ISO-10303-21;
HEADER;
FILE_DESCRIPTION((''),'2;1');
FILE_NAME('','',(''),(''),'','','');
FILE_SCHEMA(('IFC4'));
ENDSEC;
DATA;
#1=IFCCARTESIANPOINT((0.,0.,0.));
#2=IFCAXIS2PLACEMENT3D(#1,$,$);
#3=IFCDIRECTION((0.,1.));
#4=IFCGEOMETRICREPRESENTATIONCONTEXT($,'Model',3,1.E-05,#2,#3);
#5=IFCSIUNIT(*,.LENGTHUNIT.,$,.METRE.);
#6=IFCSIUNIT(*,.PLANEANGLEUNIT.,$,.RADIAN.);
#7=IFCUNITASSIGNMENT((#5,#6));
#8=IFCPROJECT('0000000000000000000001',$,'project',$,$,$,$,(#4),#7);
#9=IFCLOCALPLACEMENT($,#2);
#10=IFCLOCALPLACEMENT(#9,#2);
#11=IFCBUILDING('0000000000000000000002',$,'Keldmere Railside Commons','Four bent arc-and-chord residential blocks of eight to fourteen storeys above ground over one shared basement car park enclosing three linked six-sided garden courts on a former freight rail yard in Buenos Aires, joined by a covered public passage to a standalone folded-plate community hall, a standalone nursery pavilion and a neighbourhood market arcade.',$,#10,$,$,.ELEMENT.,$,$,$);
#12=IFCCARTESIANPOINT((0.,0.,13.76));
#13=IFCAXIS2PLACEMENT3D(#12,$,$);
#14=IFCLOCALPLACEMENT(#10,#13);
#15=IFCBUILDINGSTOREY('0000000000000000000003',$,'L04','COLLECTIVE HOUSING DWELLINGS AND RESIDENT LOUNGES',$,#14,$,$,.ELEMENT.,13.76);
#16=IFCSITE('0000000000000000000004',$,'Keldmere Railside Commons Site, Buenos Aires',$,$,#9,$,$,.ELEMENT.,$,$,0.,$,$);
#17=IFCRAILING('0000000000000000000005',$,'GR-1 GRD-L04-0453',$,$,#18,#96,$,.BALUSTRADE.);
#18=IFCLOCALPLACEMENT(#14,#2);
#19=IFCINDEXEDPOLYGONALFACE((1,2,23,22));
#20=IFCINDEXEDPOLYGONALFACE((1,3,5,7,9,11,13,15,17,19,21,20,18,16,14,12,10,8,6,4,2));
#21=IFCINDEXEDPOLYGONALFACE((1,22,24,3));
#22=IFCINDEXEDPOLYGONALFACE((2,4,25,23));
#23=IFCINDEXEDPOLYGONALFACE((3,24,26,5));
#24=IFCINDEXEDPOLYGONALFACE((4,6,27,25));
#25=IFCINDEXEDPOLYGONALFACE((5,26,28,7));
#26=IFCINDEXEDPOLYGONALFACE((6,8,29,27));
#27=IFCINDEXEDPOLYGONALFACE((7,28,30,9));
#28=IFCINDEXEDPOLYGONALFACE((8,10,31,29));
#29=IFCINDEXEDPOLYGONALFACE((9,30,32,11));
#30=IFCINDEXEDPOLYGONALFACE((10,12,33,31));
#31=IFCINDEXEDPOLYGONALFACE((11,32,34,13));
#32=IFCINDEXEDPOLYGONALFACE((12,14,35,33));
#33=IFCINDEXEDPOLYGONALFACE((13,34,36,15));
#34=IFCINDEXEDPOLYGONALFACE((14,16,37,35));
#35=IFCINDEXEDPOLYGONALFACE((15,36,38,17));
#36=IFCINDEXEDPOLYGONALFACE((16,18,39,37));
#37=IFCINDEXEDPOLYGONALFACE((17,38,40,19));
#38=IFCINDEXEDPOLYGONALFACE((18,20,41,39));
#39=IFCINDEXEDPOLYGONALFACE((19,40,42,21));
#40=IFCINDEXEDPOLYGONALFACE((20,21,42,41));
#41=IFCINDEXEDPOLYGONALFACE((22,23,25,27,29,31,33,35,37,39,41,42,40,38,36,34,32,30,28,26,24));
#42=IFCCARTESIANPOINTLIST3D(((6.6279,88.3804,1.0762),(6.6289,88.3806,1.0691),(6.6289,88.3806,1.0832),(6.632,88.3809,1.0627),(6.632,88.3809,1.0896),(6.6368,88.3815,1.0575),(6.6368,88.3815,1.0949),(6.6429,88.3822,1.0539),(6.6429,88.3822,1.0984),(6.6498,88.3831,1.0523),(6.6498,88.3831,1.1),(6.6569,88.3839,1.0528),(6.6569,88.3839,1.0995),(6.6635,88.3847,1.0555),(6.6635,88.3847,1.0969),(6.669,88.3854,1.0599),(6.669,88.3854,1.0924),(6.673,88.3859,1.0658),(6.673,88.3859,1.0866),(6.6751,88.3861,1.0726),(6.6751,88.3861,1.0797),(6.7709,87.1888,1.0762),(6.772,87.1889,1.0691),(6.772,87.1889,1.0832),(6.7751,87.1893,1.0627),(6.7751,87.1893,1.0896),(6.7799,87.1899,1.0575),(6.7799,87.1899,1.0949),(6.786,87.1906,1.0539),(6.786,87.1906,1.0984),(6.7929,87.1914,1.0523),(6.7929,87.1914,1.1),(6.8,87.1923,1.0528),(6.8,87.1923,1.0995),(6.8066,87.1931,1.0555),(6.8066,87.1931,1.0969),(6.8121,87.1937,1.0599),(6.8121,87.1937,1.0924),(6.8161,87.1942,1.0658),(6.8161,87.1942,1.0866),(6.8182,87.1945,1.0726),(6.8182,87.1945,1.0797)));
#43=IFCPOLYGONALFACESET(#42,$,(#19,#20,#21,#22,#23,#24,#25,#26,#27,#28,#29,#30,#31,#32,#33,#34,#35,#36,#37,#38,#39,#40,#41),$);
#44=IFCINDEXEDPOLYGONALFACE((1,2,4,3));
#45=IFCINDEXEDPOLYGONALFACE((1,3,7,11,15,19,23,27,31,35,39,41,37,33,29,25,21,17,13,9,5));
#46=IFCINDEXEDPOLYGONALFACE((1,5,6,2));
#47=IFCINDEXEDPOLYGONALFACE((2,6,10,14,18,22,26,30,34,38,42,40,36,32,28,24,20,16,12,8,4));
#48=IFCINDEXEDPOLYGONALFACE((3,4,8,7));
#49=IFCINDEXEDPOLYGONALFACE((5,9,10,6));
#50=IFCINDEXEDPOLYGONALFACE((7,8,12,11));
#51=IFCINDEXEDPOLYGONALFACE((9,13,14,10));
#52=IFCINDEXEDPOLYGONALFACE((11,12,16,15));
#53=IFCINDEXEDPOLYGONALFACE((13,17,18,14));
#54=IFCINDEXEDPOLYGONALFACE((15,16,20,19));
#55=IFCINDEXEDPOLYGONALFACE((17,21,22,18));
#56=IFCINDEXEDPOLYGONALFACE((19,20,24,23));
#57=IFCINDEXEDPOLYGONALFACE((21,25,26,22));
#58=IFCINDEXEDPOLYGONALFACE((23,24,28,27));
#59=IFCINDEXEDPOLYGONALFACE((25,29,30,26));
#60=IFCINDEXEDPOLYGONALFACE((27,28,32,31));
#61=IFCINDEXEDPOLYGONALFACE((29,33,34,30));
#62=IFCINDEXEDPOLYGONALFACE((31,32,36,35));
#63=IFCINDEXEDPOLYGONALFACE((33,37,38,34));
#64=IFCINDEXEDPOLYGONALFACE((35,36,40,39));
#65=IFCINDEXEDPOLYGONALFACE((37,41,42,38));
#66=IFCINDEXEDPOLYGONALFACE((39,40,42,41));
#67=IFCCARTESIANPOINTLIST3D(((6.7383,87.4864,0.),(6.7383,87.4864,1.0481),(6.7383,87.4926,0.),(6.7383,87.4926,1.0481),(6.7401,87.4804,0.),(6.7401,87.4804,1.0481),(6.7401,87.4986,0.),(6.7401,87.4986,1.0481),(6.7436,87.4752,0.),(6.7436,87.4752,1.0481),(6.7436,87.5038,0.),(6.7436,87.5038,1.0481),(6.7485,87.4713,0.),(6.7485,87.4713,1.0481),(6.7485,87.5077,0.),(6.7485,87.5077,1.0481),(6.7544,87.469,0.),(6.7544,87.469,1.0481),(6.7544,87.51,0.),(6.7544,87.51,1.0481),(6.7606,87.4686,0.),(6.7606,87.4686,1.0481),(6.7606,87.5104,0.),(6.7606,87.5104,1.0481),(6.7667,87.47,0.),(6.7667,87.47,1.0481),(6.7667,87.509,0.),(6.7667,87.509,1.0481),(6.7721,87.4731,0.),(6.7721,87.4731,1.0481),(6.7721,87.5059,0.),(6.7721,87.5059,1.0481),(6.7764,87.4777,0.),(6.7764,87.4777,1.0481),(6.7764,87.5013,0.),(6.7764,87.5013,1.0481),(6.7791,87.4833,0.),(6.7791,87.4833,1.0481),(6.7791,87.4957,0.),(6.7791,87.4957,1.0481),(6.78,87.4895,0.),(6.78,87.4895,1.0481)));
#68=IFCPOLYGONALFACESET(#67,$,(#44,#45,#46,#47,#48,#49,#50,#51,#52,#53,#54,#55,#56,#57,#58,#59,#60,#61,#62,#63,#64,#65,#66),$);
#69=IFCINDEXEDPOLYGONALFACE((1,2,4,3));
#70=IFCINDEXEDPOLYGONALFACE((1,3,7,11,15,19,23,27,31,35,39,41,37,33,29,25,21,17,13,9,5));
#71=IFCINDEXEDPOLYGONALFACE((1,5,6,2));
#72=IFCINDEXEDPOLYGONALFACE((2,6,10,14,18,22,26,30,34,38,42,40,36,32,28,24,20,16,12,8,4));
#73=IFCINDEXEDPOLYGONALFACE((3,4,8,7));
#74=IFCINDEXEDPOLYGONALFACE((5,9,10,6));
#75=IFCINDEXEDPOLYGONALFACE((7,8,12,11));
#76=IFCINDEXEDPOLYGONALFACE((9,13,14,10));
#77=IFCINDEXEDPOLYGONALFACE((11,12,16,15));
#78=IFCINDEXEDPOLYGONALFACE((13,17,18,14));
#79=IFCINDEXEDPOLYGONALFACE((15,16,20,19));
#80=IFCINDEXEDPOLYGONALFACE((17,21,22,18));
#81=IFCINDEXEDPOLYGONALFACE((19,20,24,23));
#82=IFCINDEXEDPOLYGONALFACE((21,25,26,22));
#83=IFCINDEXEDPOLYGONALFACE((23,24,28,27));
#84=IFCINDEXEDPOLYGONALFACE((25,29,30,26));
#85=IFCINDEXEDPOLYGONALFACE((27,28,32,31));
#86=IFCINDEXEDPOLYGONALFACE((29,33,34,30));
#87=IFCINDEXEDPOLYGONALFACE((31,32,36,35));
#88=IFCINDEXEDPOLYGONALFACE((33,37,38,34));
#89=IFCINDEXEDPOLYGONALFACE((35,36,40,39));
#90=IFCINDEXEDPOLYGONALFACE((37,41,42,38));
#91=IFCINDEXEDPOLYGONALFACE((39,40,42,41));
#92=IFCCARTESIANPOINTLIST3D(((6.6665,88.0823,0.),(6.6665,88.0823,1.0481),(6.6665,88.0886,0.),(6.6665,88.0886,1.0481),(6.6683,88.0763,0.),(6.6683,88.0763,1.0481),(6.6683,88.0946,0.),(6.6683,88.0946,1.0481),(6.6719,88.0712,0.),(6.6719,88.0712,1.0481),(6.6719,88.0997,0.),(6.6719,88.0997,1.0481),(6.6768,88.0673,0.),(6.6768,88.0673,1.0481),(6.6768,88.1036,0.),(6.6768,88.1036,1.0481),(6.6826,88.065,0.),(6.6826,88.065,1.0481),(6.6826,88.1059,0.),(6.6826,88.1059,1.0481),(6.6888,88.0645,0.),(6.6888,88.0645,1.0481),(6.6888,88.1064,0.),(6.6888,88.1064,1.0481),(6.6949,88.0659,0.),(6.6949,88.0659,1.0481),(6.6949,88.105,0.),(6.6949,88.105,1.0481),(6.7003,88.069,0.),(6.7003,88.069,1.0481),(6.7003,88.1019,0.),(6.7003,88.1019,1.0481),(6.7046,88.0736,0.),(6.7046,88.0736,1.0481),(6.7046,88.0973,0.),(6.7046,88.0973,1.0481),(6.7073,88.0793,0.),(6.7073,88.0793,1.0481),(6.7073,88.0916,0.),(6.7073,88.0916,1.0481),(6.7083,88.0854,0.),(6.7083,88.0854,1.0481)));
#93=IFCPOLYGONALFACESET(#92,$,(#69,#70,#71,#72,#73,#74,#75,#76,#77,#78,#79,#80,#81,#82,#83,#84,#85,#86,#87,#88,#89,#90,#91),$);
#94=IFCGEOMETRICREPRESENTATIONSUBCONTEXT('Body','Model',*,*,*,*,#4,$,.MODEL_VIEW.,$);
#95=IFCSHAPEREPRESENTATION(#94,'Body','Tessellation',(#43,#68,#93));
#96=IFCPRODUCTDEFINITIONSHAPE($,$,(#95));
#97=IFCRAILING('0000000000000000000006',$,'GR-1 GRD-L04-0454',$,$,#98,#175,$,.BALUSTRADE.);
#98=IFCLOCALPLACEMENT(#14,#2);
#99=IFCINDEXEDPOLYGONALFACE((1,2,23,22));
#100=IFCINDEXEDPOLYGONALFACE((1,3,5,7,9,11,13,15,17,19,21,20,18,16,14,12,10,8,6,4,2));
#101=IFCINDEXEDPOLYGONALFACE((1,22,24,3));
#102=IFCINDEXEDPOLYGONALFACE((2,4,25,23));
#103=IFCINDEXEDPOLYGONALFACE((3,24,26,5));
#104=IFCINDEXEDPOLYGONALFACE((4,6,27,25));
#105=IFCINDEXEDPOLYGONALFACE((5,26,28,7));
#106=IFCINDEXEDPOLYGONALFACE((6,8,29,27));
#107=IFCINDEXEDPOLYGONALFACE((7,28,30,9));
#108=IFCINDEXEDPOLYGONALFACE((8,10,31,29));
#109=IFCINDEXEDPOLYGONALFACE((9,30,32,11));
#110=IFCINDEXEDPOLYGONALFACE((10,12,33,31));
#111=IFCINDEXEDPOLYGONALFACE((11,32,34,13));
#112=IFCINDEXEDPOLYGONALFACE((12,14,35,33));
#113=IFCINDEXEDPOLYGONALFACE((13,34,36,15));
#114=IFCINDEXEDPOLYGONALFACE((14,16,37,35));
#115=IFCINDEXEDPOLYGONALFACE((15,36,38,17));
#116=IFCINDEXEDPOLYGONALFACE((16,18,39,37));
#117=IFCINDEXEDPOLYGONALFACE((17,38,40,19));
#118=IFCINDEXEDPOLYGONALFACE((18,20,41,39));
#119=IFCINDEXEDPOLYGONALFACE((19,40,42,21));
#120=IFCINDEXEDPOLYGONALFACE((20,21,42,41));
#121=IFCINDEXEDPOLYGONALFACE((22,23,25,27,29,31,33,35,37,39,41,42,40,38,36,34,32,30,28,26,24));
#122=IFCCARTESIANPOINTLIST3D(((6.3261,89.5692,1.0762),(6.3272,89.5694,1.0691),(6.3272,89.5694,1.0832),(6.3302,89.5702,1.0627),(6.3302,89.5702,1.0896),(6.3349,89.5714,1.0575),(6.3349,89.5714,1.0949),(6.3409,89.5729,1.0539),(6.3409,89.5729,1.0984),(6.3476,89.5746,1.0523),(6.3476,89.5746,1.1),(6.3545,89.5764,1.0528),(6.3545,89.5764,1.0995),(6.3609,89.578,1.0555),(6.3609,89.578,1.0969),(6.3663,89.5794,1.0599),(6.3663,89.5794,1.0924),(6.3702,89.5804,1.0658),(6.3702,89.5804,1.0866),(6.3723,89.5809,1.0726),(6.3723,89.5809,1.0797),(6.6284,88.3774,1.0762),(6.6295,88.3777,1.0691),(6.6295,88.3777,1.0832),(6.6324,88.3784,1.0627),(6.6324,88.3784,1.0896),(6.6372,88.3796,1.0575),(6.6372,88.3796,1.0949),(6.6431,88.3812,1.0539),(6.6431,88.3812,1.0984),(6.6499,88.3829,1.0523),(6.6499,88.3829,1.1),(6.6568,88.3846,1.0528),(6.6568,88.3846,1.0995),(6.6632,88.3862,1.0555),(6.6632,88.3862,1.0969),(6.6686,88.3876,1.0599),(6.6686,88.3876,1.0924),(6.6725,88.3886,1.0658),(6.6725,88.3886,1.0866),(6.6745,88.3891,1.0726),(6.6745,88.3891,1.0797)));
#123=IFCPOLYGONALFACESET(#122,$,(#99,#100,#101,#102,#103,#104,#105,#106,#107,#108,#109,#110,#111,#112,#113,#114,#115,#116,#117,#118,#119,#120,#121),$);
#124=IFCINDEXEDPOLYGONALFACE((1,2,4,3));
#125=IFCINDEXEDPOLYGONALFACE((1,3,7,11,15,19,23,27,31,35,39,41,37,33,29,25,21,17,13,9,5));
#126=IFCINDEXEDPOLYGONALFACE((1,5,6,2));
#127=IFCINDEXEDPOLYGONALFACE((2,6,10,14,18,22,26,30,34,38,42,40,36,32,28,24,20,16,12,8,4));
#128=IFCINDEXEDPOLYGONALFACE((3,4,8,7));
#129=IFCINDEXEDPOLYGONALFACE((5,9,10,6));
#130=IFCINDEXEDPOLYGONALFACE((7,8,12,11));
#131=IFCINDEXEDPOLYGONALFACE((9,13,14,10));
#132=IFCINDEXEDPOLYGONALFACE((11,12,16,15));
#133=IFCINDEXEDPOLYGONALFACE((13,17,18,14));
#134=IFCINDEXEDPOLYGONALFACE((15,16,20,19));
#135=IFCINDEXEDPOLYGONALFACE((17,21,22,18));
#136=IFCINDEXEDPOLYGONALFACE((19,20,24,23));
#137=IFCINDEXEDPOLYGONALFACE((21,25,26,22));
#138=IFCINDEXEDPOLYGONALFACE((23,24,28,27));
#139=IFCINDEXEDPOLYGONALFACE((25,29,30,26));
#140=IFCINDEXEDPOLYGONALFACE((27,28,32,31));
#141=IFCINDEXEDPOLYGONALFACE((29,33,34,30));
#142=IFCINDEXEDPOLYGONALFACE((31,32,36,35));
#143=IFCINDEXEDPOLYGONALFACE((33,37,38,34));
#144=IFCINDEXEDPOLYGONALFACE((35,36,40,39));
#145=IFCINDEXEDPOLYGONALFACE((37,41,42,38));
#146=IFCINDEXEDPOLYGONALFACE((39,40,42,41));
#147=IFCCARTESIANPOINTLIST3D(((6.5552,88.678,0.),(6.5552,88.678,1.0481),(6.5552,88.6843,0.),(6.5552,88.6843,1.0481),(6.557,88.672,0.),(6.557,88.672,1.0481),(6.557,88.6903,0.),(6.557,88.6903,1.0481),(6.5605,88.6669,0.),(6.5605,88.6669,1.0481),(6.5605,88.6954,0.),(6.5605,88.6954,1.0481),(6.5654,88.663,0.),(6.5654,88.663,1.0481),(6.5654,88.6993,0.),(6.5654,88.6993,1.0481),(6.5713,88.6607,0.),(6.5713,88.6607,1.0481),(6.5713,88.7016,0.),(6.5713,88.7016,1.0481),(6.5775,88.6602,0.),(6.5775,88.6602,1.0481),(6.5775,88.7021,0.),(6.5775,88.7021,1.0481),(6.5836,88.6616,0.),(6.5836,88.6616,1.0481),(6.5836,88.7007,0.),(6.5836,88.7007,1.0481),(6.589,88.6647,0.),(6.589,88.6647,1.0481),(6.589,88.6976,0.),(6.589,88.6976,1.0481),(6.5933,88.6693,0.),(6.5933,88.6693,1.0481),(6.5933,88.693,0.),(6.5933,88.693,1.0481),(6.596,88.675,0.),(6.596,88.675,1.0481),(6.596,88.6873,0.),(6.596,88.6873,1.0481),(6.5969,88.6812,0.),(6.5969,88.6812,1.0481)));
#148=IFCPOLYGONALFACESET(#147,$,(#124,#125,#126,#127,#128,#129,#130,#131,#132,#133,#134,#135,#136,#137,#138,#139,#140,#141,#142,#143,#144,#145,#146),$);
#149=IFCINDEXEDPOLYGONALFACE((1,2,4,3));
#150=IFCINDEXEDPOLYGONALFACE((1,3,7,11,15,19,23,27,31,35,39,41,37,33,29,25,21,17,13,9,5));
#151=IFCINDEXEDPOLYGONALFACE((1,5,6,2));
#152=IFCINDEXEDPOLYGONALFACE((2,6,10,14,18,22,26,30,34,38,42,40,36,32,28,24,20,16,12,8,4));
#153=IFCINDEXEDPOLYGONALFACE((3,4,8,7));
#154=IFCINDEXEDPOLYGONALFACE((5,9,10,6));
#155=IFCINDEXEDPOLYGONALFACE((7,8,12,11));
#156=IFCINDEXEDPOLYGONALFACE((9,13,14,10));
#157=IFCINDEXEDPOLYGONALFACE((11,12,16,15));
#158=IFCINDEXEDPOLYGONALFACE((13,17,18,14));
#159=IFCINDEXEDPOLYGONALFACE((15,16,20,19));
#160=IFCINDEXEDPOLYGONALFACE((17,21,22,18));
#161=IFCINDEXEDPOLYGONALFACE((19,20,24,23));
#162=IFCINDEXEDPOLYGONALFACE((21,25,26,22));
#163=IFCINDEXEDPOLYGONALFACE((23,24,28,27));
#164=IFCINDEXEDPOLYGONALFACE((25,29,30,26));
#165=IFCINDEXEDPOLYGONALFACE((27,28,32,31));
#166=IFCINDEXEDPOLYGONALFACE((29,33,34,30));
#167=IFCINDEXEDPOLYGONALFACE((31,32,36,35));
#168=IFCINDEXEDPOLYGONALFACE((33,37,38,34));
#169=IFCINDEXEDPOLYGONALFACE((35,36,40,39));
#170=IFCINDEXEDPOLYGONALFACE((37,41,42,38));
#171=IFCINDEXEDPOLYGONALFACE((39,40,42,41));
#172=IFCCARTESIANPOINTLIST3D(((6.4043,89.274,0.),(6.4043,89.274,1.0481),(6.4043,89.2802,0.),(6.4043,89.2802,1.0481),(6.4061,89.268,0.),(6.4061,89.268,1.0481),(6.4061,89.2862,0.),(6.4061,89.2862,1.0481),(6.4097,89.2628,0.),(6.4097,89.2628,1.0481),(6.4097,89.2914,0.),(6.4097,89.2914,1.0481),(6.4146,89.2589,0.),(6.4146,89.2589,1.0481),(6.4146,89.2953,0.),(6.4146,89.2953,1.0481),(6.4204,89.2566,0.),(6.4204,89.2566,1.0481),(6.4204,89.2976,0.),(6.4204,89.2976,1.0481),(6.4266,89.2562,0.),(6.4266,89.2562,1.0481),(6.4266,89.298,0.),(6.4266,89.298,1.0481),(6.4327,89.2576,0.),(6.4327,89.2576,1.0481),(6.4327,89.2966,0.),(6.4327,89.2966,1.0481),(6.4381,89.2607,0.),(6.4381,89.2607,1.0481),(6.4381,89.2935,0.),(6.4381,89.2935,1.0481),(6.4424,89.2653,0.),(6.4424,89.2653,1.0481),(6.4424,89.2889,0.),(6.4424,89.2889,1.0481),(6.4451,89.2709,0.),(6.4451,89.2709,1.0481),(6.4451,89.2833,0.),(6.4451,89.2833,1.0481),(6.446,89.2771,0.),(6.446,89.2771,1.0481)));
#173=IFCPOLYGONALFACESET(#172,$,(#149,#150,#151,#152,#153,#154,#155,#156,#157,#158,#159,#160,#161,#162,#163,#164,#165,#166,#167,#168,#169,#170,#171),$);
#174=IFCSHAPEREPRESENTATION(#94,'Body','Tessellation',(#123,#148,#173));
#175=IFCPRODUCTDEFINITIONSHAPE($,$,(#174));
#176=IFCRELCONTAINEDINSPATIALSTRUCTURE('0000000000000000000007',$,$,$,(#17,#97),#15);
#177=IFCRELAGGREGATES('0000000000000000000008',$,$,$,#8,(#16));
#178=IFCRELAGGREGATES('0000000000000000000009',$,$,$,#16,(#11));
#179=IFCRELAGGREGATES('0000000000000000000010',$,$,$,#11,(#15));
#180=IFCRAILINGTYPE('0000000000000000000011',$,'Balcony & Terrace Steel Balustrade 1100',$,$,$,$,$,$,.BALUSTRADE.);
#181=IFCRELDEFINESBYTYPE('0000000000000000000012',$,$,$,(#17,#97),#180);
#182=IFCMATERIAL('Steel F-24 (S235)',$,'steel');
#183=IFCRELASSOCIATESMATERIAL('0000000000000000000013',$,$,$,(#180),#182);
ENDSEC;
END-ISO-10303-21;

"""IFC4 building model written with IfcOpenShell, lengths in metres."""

from ifc_helpers import new_model, si_unit, direction, frame, origin, origin_2d, place, context, subcontext, project, spatial, circle, extrude, material, type_object, element, save


model = new_model("IFC4")

# Units and contexts
model_context = context("Model", 3, precision=1e-05, world=origin(), true_north=direction((0.0, 1.0)))
body_context = subcontext(model_context, "Body", "Model", "MODEL_VIEW")
ifc_project = project(units=[si_unit("LENGTHUNIT", "METRE"), si_unit("PLANEANGLEUNIT", "RADIAN")], contexts=[model_context])

# Site, building, storey
site_placement = place(None, origin())
site = spatial("IfcSite", under=ifc_project, at=site_placement, Name="Keldmere Railside Commons Site, Buenos Aires", CompositionType="ELEMENT", RefElevation=0.0)
building_placement = place(site_placement, origin())
building = spatial("IfcBuilding", under=site, at=building_placement, Name="Keldmere Railside Commons", Description="Four bent arc-and-chord residential blocks of eight to fourteen storeys above ground over one shared basement car park enclosing three linked six-sided garden courts on a former freight rail yard in Buenos Aires, joined by a covered public passage to a standalone folded-plate community hall, a standalone nursery pavilion and a neighbourhood market arcade.", CompositionType="ELEMENT")
storey_placement = place(building_placement, frame((0.0, 0.0, 13.76)))
storey = spatial("IfcBuildingStorey", under=building, at=storey_placement, Name="L04", Description="COLLECTIVE HOUSING DWELLINGS AND RESIDENT LOUNGES", CompositionType="ELEMENT", Elevation=13.76)

# Railings
ifc_material_1 = material(Name="Steel F-24 (S235)", Category="steel")
railing_type = type_object("IfcRailingType", Name="Balcony & Terrace Steel Balustrade 1100", PredefinedType="BALUSTRADE", material=ifc_material_1)
railing_1_placement = place(storey_placement, frame((6.7947, 87.1917, 0.0)))
element("IfcRailing", 1, at=railing_1_placement, inside=storey, type_object=railing_type, Name="GR-1 GRD-L04-0453", PredefinedType="BALUSTRADE", context=body_context, shape_type="SweptSolid", body=[
    extrude(circle(Radius=0.0239, at=origin_2d()), frame((0.0, 0.0, 1.0762), z_axis=(-0.119201, 0.99287, 0.0), x_axis=(-0.99287, -0.119201, 0.0)), (0.0, 0.0, 1.0), 1.2002),
    extrude(circle(Radius=0.021, at=origin_2d()), frame((-0.0356, 0.2979, 0.0)), (0.0, 0.0, 1.0), 1.0481),
    extrude(circle(Radius=0.021, at=origin_2d()), frame((-0.1074, 0.8938, 0.0)), (0.0, 0.0, 1.0), 1.0481),
])
railing_2_placement = place(storey_placement, frame((6.6516, 88.3833, 0.0)))
element("IfcRailing", 2, at=railing_2_placement, inside=storey, type_object=railing_type, Name="GR-1 GRD-L04-0454", PredefinedType="BALUSTRADE", context=body_context, shape_type="SweptSolid", body=[
    extrude(circle(Radius=0.0239, at=origin_2d()), frame((0.0, 0.0, 1.0762), z_axis=(-0.245852, 0.969307, 0.0), x_axis=(-0.969307, -0.245852, 0.0)), (0.0, 0.0, 1.0), 1.2295),
    extrude(circle(Radius=0.021, at=origin_2d()), frame((-0.0757, 0.2979, 0.0)), (0.0, 0.0, 1.0), 1.0481),
    extrude(circle(Radius=0.021, at=origin_2d()), frame((-0.2266, 0.8938, 0.0)), (0.0, 0.0, 1.0), 1.0481),
])

save(model, "model.ifc")
